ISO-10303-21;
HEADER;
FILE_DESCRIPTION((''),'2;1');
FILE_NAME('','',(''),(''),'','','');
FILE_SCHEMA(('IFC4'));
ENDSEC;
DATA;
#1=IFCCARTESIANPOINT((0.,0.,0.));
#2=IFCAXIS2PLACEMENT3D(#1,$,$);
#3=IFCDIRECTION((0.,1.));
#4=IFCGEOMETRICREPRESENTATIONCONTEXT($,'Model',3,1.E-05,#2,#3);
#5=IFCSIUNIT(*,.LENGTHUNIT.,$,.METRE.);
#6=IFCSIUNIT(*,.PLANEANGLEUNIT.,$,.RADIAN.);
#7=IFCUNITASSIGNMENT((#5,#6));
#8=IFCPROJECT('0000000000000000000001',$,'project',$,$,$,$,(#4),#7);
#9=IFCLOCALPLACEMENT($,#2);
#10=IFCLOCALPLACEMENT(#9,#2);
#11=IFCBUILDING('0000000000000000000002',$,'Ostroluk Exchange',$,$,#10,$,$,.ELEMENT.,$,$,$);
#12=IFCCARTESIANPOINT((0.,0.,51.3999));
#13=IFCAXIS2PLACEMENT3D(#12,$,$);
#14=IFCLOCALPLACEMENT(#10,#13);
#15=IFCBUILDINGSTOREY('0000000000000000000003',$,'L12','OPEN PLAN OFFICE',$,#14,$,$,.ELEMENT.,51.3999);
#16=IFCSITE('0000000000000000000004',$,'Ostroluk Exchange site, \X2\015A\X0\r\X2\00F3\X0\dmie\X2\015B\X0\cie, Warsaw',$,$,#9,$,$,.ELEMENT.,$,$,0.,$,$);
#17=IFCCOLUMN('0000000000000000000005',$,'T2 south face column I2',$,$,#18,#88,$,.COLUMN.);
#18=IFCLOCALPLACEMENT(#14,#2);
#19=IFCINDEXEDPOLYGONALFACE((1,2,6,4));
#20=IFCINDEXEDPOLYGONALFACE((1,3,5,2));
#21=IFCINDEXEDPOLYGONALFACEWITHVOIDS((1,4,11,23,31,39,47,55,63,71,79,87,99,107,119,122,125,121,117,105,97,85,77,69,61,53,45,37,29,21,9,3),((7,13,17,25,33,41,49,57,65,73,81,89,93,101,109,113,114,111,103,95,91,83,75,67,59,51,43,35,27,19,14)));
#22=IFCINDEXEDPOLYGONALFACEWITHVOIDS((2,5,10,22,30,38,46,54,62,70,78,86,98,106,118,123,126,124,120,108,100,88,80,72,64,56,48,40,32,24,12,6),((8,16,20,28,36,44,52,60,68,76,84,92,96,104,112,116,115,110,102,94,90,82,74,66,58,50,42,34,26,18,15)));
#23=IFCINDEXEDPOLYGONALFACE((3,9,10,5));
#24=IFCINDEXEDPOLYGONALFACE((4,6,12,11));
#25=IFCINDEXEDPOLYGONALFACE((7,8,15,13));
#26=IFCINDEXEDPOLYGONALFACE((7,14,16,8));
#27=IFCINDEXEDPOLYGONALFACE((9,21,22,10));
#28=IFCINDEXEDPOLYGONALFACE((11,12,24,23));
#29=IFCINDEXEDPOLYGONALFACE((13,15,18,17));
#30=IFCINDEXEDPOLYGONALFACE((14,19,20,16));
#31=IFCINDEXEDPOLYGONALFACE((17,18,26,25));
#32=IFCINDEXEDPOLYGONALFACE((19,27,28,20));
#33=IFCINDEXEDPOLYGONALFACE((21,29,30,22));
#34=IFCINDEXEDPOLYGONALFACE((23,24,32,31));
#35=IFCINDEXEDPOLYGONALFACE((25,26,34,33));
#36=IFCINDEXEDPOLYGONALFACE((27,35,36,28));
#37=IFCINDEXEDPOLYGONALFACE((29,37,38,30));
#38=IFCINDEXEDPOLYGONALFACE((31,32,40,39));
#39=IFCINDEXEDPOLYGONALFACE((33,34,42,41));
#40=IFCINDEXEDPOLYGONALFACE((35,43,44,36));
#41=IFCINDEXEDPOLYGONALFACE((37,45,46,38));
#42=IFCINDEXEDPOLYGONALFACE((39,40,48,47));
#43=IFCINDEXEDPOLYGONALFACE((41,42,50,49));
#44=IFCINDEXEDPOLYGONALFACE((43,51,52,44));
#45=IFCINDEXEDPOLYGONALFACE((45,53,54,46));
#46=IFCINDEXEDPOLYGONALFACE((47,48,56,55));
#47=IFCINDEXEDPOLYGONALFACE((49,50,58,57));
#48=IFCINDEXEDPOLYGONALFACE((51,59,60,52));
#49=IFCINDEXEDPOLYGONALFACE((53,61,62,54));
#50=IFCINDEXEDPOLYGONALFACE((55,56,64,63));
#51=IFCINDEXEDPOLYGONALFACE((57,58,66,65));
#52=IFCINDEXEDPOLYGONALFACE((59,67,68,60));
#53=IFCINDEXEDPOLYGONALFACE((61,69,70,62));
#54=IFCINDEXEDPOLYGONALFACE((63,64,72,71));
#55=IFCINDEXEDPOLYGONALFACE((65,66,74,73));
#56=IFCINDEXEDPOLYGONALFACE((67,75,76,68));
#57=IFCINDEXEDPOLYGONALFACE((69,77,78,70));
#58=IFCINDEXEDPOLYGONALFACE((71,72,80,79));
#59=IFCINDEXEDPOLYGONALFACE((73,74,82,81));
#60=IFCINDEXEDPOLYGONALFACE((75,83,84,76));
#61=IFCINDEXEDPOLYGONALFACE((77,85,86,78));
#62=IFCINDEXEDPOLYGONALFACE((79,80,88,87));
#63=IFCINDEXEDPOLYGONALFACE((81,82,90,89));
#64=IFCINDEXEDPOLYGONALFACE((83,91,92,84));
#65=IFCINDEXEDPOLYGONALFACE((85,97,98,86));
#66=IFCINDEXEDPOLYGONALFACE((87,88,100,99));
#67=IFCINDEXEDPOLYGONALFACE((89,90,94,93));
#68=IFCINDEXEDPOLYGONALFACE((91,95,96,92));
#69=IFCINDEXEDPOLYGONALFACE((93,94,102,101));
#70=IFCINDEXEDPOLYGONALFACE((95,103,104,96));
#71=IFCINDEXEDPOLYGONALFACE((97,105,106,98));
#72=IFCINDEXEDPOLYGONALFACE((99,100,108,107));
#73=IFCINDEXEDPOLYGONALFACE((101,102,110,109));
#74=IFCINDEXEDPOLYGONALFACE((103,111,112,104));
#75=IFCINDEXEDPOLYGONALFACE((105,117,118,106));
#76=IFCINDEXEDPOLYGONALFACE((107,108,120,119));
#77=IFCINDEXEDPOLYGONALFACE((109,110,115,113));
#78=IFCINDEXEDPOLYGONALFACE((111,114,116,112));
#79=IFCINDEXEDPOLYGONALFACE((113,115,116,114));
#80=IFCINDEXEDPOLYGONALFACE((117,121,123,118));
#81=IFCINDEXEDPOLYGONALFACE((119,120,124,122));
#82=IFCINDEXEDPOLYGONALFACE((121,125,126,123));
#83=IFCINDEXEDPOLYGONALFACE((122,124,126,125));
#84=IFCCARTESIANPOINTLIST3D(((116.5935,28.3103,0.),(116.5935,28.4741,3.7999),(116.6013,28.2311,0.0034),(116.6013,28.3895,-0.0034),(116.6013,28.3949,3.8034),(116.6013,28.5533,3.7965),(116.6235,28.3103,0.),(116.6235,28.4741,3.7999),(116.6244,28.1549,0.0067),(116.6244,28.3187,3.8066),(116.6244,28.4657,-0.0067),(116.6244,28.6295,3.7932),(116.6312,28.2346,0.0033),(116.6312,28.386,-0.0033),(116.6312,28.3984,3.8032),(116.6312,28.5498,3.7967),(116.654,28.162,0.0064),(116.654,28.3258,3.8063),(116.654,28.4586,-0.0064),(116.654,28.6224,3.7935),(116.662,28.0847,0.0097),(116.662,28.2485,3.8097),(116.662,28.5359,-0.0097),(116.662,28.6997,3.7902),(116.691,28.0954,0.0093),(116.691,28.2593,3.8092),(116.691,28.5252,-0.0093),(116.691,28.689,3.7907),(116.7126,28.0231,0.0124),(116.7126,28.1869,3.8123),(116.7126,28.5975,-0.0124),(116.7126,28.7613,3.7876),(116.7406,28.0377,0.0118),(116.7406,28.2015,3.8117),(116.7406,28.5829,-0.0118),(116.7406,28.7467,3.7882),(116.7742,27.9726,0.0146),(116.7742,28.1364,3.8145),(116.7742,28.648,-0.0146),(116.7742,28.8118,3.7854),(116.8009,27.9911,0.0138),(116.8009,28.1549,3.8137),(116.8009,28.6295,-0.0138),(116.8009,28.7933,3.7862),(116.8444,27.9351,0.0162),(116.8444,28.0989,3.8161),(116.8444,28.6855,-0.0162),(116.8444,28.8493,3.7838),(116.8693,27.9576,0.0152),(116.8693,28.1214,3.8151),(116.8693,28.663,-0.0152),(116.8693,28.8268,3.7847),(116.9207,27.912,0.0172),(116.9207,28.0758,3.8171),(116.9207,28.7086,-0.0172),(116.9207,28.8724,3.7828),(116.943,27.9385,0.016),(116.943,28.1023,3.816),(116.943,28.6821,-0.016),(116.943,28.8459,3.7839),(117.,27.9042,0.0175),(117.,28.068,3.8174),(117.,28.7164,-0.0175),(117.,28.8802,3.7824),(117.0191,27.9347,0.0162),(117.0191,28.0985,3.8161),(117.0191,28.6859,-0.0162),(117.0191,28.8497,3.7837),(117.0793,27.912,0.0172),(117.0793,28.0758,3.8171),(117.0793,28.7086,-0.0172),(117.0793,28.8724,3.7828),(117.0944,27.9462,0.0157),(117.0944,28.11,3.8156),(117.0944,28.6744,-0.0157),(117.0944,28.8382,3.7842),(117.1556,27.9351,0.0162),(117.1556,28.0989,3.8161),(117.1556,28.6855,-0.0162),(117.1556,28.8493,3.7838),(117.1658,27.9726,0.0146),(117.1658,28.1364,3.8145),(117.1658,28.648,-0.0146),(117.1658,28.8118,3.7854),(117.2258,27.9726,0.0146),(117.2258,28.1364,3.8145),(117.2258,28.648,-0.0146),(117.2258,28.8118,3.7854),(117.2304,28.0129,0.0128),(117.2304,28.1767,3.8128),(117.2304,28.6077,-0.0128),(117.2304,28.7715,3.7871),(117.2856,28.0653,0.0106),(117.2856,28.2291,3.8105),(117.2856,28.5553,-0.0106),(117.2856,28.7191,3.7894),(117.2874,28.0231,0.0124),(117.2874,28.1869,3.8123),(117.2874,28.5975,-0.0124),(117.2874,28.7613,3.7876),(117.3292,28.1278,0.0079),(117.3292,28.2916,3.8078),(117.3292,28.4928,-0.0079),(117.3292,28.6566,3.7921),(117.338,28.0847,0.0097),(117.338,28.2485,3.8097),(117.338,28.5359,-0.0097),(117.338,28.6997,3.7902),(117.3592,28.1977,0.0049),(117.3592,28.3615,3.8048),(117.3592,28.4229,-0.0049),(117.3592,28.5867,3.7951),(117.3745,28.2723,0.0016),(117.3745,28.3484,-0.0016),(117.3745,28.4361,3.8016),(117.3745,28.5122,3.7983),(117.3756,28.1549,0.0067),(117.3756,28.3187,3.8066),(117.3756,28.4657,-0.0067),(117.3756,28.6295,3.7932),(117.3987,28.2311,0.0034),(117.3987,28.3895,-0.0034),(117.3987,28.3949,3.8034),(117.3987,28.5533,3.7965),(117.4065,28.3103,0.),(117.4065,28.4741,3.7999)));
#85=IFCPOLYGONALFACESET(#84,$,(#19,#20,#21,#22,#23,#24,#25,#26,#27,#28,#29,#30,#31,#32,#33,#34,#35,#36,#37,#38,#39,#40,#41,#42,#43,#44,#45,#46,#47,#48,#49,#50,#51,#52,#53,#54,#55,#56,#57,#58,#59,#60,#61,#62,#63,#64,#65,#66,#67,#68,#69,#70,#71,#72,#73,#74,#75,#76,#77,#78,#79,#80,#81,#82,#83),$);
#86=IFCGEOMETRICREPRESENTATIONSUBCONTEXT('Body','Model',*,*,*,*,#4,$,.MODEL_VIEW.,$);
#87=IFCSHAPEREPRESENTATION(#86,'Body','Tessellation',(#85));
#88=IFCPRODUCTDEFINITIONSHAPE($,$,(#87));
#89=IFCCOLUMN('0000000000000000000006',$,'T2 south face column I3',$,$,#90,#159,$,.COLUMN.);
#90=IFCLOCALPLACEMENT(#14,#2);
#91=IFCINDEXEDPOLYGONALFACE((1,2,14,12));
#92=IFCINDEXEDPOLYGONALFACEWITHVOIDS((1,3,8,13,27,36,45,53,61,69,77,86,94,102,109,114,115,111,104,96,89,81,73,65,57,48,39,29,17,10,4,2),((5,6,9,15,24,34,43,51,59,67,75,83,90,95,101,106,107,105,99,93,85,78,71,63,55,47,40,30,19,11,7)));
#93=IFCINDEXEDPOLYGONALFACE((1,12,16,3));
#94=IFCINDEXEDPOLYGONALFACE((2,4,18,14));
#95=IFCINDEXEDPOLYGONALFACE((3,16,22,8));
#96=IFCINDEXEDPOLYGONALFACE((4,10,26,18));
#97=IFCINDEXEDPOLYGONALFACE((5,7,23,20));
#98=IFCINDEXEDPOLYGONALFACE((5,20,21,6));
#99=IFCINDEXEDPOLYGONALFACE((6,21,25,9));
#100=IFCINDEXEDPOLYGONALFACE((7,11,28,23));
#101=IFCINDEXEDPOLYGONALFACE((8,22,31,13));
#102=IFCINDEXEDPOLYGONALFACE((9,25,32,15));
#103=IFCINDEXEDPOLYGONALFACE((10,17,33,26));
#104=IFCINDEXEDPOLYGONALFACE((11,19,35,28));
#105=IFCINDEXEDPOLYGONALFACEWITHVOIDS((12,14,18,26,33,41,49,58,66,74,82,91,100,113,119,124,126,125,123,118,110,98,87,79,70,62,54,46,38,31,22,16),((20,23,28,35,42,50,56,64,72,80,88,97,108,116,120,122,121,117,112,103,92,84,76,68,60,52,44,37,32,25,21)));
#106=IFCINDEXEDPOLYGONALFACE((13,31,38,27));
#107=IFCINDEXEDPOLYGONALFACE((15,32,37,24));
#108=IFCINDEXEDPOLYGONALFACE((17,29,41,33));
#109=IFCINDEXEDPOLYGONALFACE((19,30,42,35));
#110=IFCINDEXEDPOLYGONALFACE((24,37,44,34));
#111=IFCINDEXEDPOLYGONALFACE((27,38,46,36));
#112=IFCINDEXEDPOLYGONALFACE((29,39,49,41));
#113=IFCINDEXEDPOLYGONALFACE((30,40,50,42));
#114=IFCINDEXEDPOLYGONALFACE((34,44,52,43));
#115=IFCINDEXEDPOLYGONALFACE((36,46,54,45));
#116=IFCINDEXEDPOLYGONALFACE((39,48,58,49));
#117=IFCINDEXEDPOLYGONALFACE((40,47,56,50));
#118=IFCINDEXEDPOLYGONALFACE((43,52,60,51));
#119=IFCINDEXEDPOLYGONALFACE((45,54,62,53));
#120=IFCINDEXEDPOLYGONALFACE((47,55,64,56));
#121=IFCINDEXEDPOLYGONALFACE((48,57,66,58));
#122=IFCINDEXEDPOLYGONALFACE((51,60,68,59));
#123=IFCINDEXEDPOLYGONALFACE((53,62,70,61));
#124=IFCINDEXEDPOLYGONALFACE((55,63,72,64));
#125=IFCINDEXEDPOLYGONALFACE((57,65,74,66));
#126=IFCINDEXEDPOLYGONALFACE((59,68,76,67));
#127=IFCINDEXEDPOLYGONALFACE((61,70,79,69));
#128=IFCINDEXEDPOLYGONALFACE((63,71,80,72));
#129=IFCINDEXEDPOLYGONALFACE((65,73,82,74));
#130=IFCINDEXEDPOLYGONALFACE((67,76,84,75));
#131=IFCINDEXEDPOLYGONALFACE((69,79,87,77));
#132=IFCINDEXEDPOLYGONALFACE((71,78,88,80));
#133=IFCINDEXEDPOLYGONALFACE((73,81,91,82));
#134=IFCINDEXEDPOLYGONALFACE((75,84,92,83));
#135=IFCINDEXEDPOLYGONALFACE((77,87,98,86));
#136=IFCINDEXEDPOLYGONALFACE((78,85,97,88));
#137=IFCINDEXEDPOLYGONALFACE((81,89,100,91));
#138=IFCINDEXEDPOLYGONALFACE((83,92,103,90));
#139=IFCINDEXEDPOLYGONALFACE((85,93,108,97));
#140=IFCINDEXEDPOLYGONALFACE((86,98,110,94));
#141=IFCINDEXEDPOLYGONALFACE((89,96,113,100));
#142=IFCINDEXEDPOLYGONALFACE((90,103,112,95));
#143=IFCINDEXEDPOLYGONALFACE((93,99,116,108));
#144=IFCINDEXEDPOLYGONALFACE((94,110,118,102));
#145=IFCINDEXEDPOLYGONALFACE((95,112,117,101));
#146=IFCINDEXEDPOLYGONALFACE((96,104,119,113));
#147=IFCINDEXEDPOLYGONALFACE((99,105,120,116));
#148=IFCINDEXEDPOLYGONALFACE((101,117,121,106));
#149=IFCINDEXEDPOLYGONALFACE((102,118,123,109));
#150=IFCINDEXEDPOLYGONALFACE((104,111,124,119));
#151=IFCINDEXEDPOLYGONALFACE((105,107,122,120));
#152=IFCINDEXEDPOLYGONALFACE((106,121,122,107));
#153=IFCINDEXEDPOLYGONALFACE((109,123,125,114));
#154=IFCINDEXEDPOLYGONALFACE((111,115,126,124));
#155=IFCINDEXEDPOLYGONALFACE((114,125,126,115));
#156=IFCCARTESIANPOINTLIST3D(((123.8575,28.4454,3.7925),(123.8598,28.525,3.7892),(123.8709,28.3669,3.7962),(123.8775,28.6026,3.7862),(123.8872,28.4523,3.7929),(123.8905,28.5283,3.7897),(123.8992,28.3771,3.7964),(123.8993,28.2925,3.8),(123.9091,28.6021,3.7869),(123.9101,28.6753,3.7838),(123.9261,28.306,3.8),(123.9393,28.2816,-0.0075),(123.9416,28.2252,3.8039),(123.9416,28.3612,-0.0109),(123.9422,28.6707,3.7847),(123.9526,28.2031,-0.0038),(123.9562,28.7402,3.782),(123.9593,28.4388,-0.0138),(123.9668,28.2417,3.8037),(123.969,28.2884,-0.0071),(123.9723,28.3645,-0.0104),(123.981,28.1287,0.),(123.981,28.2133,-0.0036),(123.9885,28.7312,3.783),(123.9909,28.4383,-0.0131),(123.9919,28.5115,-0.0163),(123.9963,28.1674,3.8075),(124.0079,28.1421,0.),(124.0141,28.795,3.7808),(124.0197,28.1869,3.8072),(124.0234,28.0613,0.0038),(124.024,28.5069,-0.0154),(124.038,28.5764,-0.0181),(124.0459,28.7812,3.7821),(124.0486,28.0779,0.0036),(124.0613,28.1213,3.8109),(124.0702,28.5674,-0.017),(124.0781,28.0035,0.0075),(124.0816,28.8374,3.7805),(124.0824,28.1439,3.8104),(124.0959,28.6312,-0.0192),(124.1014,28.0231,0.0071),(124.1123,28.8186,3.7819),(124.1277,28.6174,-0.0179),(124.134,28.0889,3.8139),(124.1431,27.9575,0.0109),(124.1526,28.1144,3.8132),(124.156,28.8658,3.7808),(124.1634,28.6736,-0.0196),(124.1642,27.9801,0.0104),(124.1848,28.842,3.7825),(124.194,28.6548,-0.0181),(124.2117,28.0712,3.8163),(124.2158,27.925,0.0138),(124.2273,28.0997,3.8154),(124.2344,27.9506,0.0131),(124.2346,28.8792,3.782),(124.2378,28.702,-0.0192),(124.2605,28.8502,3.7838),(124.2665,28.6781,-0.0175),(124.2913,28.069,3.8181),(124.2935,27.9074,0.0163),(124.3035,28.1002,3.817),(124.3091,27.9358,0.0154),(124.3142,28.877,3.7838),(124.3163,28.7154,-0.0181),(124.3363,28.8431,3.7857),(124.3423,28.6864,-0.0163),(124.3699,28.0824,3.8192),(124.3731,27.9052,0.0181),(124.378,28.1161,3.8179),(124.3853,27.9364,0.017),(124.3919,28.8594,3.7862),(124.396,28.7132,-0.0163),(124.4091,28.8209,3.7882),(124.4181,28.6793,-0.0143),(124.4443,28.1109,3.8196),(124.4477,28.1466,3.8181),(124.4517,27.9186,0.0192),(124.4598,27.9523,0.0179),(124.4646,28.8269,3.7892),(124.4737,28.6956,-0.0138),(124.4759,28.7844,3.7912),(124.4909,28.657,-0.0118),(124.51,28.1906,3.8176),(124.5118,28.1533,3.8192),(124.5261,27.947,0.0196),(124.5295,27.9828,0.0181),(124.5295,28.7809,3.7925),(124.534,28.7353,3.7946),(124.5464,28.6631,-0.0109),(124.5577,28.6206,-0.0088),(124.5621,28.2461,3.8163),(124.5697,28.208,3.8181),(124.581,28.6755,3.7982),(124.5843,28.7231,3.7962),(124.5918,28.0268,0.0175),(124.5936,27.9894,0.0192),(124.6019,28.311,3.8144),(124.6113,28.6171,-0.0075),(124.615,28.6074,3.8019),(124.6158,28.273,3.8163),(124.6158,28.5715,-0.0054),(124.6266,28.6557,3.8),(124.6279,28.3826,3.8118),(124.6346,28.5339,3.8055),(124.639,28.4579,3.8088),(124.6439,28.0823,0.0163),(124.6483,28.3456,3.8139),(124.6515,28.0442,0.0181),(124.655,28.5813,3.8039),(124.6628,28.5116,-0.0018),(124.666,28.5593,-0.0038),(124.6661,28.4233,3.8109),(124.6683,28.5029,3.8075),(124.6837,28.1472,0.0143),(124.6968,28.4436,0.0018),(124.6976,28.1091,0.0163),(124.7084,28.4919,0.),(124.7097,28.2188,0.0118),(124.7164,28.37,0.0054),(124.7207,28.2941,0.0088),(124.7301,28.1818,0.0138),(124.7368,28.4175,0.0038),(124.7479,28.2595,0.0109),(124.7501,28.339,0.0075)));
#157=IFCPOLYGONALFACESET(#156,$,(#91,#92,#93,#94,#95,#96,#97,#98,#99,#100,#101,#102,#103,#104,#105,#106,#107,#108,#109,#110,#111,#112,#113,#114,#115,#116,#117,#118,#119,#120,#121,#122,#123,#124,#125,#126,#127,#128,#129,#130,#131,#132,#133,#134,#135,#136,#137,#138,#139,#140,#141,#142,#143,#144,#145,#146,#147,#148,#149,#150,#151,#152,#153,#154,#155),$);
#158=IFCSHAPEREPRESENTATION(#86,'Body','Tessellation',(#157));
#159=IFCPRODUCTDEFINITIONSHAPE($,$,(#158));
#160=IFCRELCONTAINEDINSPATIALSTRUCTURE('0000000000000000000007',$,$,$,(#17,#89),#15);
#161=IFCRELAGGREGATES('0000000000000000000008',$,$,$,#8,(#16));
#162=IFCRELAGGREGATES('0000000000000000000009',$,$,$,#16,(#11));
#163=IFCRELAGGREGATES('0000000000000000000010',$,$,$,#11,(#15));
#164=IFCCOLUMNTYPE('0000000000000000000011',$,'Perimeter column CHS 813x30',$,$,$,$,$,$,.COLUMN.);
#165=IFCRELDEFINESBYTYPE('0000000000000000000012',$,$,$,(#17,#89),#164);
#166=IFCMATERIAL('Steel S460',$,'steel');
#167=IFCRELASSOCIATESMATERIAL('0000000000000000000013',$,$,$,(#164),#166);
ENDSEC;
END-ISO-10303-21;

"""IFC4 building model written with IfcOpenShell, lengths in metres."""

from ifc_helpers import new_model, si_unit, direction, frame, origin, origin_2d, place, context, subcontext, project, spatial, hollow_circle, extrude, material, material_profile, profile_set, type_object, element, save


model = new_model("IFC4")

# Units and contexts
model_context = context("Model", 3, precision=1e-05, world=origin(), true_north=direction((0.0, 1.0)))
body_context = subcontext(model_context, "Body", "Model", "MODEL_VIEW")
ifc_project = project(units=[si_unit("LENGTHUNIT", "METRE"), si_unit("PLANEANGLEUNIT", "RADIAN")], contexts=[model_context])

# Site, building, storey
site_placement = place(None, origin())
site = spatial("IfcSite", under=ifc_project, at=site_placement, Name="Ostroluk Exchange site, Śródmieście, Warsaw", CompositionType="ELEMENT", RefElevation=0.0)
building_placement = place(site_placement, origin())
building = spatial("IfcBuilding", under=site, at=building_placement, Name="Ostroluk Exchange", CompositionType="ELEMENT")
storey_placement = place(building_placement, frame((0.0, 0.0, 51.3999)))
storey = spatial("IfcBuildingStorey", under=building, at=storey_placement, Name="L12", Description="OPEN PLAN OFFICE", CompositionType="ELEMENT", Elevation=51.3999)

# Columns
ifc_material_1 = material(Name="Steel S460", Category="steel")
ifc_material_profile_1 = material_profile(ifc_material_1, hollow_circle(Radius=0.4065, WallThickness=0.03, at=origin_2d()), Name="CHS 813x30")
ifc_profile_set_1 = profile_set([ifc_material_profile_1], Name="Steel S460")
column_type = type_object("IfcColumnType", Name="Perimeter column CHS 813x30", PredefinedType="COLUMN", material=ifc_profile_set_1)
column_1_placement = place(storey_placement, frame((117.0, 28.3103, 0.0), z_axis=(0.0, 0.04307, 0.999072), x_axis=(-1.0, 0.0, 0.0)))
element("IfcColumn", 1, at=column_1_placement, inside=storey, type_object=column_type, Name="T2 south face column I2", PredefinedType="COLUMN", context=body_context, shape_type="SweptSolid", body=[
    extrude(hollow_circle(Radius=0.4065, WallThickness=0.03, at=origin_2d()), origin(), (0.0, 0.0, 1.0), 3.8035),
])
column_2_placement = place(storey_placement, frame((124.3447, 28.3103, 0.0), z_axis=(-0.021498, 0.04306, 0.998841), x_axis=(-0.894694, -0.44668, 0.0)))
element("IfcColumn", 2, at=column_2_placement, inside=storey, type_object=column_type, Name="T2 south face column I3", PredefinedType="COLUMN", context=body_context, shape_type="SweptSolid", body=[
    extrude(hollow_circle(Radius=0.4065, WallThickness=0.03, at=origin_2d()), origin(), (0.0, 0.0, 1.0), 3.8044),
])

save(model, "model.ifc")
